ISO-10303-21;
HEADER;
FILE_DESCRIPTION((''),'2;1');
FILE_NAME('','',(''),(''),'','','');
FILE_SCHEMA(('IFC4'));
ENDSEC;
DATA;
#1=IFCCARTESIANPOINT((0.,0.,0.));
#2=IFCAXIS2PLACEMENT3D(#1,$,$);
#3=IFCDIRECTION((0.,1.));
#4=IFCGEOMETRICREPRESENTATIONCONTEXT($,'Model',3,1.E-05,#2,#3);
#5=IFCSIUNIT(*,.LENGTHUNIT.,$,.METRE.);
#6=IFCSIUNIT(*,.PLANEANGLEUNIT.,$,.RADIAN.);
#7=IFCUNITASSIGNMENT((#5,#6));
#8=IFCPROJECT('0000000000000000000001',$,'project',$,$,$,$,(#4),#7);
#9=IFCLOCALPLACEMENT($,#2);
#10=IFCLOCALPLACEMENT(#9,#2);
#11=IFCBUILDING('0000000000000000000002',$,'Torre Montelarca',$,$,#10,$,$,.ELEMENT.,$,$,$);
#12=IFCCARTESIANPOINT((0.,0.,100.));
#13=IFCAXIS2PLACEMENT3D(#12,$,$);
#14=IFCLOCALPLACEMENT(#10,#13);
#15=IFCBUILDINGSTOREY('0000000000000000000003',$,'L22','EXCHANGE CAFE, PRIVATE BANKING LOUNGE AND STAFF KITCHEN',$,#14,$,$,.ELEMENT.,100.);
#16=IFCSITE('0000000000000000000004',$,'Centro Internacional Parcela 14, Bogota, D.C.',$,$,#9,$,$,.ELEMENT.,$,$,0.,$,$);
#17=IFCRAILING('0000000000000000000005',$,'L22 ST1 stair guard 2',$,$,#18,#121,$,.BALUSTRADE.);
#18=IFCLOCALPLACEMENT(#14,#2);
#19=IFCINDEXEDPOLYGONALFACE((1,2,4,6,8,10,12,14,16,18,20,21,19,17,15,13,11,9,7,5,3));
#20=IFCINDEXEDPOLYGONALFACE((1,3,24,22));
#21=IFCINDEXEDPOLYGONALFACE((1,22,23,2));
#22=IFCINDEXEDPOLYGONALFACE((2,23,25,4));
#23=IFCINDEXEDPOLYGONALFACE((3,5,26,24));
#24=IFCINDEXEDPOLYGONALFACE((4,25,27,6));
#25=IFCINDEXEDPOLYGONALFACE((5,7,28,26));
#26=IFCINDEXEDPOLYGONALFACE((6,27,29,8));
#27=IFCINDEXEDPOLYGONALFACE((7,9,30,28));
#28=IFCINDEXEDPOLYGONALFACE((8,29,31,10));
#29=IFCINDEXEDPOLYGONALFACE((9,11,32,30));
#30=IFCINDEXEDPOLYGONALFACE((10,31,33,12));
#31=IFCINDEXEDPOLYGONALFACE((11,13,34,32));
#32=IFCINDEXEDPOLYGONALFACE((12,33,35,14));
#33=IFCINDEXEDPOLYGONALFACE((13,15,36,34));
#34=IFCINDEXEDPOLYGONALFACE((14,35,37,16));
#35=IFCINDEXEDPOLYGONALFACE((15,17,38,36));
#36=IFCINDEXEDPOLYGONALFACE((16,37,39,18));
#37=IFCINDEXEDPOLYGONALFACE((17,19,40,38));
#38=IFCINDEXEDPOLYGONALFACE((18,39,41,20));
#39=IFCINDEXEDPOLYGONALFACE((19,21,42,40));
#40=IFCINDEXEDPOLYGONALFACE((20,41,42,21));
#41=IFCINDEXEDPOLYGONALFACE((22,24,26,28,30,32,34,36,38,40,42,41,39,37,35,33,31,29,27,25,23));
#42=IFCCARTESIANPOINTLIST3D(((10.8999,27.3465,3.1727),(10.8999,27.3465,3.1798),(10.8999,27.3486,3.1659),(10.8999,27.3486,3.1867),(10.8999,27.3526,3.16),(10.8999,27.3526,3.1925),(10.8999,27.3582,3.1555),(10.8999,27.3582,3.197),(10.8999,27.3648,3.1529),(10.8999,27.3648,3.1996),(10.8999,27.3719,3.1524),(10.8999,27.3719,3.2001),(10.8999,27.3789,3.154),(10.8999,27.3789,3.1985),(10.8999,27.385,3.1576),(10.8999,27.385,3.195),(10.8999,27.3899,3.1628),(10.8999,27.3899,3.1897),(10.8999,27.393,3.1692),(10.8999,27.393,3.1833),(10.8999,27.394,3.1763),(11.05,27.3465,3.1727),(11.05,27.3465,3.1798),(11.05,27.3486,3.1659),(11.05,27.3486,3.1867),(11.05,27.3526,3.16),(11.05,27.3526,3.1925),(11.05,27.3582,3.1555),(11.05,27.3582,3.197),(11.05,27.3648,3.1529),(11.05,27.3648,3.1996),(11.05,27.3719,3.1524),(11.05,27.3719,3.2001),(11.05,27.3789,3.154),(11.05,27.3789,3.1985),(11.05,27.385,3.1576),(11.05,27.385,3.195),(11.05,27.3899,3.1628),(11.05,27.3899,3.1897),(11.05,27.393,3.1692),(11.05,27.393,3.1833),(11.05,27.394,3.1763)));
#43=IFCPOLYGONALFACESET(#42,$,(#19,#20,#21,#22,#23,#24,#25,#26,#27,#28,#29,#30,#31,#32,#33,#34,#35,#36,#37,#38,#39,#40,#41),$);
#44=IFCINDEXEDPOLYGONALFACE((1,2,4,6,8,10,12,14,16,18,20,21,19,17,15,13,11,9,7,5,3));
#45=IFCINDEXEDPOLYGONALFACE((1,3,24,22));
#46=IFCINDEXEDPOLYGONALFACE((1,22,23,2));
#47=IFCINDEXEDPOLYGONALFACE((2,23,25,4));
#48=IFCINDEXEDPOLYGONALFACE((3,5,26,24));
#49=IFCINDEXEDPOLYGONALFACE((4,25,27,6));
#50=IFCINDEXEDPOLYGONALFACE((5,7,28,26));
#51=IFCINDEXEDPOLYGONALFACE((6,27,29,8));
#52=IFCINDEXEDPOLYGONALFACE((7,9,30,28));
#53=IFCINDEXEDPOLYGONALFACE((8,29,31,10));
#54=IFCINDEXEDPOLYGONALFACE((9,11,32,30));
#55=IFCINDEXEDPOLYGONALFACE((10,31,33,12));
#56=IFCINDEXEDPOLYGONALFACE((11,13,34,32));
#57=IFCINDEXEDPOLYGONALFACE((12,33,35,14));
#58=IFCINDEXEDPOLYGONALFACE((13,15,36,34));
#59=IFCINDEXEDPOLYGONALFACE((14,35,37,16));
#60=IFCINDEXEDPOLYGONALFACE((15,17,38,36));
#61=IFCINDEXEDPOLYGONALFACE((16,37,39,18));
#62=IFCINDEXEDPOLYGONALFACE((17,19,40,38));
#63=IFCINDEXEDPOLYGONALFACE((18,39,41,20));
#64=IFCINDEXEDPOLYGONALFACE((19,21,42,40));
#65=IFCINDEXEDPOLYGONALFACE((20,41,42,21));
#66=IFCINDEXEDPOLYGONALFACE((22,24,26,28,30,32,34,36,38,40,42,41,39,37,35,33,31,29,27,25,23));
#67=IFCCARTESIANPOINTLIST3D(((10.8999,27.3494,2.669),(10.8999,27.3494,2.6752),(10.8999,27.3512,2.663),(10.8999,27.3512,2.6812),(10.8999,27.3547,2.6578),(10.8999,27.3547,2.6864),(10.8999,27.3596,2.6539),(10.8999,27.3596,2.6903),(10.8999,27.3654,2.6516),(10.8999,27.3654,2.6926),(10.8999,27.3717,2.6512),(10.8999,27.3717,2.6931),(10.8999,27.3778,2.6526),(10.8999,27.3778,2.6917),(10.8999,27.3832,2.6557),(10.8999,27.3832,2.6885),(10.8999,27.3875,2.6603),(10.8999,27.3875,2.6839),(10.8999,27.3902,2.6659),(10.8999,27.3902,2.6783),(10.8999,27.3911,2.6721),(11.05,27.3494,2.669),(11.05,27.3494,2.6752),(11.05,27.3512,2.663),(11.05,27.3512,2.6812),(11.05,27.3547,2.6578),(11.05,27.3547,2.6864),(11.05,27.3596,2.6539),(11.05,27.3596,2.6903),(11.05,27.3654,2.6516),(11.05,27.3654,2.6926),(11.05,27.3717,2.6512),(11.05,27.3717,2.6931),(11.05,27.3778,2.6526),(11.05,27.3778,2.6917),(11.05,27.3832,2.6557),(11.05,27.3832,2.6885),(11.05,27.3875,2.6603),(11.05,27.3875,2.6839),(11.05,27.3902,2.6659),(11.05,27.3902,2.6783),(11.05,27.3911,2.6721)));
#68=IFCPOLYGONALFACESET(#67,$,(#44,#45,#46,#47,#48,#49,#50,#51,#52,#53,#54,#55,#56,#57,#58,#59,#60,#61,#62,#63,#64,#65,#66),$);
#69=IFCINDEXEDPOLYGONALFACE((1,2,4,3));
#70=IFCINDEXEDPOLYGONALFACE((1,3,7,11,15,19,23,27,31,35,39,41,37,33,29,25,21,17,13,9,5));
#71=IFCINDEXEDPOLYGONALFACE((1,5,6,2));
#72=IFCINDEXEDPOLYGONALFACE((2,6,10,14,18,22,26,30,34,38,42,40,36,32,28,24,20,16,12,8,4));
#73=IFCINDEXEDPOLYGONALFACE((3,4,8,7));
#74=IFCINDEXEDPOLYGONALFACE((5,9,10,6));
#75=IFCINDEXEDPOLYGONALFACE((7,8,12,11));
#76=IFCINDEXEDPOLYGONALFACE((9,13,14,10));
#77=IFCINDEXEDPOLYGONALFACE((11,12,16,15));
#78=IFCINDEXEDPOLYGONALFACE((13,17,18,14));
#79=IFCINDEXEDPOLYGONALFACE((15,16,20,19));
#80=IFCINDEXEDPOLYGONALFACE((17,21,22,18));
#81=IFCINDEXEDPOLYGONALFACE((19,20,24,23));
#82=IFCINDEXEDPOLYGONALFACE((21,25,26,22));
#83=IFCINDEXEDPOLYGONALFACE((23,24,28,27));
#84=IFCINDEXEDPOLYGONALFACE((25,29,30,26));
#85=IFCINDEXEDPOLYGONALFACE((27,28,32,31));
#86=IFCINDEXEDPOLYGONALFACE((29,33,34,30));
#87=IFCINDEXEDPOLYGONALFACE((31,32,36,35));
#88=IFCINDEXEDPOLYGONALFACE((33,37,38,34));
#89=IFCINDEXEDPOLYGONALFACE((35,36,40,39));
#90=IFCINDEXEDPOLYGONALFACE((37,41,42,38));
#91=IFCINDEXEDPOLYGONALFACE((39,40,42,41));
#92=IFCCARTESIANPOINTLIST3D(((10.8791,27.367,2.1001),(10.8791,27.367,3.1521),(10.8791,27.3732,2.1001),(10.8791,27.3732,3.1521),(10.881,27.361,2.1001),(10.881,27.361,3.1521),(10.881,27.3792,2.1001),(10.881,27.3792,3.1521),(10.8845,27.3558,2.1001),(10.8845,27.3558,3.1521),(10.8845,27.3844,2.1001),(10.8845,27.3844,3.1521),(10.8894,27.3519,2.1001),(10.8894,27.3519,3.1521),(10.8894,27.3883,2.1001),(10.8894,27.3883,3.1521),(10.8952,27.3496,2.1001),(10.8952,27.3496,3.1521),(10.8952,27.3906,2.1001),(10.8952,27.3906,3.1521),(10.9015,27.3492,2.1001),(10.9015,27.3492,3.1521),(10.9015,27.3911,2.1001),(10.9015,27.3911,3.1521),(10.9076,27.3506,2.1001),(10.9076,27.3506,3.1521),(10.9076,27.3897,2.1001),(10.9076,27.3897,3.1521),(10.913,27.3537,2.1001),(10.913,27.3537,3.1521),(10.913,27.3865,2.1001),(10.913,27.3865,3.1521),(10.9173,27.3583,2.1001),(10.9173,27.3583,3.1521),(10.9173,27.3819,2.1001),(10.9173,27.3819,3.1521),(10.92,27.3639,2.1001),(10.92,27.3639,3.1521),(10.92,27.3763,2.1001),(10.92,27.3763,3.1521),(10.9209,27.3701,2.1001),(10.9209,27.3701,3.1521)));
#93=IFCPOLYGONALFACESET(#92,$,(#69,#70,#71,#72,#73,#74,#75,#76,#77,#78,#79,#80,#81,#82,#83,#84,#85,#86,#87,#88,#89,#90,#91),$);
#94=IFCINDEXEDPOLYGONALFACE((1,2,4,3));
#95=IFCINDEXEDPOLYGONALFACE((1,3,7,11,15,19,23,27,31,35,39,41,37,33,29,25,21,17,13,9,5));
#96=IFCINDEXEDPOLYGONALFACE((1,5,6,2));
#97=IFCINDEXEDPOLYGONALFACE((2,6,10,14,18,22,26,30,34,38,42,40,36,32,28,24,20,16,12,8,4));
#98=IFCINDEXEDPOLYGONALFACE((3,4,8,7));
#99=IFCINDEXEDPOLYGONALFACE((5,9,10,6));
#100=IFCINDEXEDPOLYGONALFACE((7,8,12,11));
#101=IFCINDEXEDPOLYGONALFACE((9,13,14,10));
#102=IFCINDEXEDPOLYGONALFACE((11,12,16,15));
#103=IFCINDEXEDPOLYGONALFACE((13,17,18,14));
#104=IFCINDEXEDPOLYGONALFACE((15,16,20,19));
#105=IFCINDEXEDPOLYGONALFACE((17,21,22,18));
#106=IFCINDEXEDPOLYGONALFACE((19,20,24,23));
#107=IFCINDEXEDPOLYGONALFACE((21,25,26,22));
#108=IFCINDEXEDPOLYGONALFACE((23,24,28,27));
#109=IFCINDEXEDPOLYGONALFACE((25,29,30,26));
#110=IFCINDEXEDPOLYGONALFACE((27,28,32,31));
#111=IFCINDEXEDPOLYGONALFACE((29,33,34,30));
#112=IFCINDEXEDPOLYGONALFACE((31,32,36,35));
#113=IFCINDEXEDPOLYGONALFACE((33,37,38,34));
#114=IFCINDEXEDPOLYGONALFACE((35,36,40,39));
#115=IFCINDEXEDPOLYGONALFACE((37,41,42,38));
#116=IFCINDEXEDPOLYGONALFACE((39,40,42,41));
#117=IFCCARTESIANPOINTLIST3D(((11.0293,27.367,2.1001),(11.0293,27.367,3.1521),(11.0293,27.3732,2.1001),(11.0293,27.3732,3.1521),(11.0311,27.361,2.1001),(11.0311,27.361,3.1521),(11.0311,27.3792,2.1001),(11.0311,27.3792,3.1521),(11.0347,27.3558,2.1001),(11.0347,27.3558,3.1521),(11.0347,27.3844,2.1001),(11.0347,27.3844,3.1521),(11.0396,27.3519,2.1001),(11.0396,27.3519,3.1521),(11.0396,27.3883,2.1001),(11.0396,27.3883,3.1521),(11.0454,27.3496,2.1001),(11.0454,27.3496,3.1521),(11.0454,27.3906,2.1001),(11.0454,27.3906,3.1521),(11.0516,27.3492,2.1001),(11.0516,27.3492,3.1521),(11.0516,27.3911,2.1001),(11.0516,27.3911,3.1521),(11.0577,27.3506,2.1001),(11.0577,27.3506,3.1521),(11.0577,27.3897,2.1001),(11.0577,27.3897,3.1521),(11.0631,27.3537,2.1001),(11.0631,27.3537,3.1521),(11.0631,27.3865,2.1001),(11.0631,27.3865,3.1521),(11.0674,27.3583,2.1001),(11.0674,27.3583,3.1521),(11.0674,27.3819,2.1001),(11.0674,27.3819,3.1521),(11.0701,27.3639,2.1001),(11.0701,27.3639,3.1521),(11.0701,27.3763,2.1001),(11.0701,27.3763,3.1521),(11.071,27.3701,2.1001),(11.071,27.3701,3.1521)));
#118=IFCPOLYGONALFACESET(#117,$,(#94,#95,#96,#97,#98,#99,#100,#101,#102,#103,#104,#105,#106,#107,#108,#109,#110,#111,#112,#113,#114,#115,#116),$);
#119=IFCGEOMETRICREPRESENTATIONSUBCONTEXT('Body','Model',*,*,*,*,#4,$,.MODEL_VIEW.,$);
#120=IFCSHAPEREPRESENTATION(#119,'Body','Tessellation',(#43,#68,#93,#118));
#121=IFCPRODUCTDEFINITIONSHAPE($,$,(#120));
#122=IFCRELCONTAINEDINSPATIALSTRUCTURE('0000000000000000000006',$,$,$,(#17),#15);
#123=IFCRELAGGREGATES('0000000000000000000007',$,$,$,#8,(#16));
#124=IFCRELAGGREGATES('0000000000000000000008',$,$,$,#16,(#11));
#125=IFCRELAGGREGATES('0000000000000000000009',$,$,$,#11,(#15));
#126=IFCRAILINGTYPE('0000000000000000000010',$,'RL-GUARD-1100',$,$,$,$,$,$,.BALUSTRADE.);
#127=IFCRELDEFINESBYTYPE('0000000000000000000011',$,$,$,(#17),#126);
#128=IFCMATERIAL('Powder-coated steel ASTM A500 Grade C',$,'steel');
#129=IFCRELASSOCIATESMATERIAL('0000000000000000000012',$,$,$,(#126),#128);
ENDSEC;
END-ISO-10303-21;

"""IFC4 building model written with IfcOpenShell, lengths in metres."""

from ifc_helpers import new_model, si_unit, direction, frame, origin, origin_2d, place, context, subcontext, project, spatial, circle, extrude, material, type_object, element, save


model = new_model("IFC4")

# Units and contexts
model_context = context("Model", 3, precision=1e-05, world=origin(), true_north=direction((0.0, 1.0)))
body_context = subcontext(model_context, "Body", "Model", "MODEL_VIEW")
ifc_project = project(units=[si_unit("LENGTHUNIT", "METRE"), si_unit("PLANEANGLEUNIT", "RADIAN")], contexts=[model_context])

# Site, building, storey
site_placement = place(None, origin())
site = spatial("IfcSite", under=ifc_project, at=site_placement, Name="Centro Internacional Parcela 14, Bogota, D.C.", CompositionType="ELEMENT", RefElevation=0.0)
building_placement = place(site_placement, origin())
building = spatial("IfcBuilding", under=site, at=building_placement, Name="Torre Montelarca", CompositionType="ELEMENT")
storey_placement = place(building_placement, frame((0.0, 0.0, 100.0)))
storey = spatial("IfcBuildingStorey", under=building, at=storey_placement, Name="L22", Description="EXCHANGE CAFE, PRIVATE BANKING LOUNGE AND STAFF KITCHEN", CompositionType="ELEMENT", Elevation=100.0)

# Railing
ifc_material_1 = material(Name="Powder-coated steel ASTM A500 Grade C", Category="steel")
railing_type_1 = type_object("IfcRailingType", Name="RL-GUARD-1100", PredefinedType="BALUSTRADE", material=ifc_material_1)
railing_1_placement = place(storey_placement, frame((10.8999, 27.3701, 2.1001)))
element("IfcRailing", 1, at=railing_1_placement, inside=storey, type_object=railing_type_1, Name="L22 ST1 stair guard 2", PredefinedType="BALUSTRADE", context=body_context, shape_type="SweptSolid", body=[
    extrude(circle(Radius=0.0239, at=origin_2d()), frame((0.0, 0.0, 1.0762), z_axis=(1.0, 0.0, 0.0), x_axis=(0.0, 1.0, 0.0)), (0.0, 0.0, 1.0), 0.1501),
    extrude(circle(Radius=0.021, at=origin_2d()), frame((0.0, 0.0, 0.572), z_axis=(1.0, 0.0, 0.0), x_axis=(0.0, 1.0, 0.0)), (0.0, 0.0, 1.0), 0.1501),
    extrude(circle(Radius=0.021, at=origin_2d()), origin(), (0.0, 0.0, 1.0), 1.052),
    extrude(circle(Radius=0.021, at=origin_2d()), frame((0.1501, 0.0, 0.0)), (0.0, 0.0, 1.0), 1.052),
])

save(model, "model.ifc")
